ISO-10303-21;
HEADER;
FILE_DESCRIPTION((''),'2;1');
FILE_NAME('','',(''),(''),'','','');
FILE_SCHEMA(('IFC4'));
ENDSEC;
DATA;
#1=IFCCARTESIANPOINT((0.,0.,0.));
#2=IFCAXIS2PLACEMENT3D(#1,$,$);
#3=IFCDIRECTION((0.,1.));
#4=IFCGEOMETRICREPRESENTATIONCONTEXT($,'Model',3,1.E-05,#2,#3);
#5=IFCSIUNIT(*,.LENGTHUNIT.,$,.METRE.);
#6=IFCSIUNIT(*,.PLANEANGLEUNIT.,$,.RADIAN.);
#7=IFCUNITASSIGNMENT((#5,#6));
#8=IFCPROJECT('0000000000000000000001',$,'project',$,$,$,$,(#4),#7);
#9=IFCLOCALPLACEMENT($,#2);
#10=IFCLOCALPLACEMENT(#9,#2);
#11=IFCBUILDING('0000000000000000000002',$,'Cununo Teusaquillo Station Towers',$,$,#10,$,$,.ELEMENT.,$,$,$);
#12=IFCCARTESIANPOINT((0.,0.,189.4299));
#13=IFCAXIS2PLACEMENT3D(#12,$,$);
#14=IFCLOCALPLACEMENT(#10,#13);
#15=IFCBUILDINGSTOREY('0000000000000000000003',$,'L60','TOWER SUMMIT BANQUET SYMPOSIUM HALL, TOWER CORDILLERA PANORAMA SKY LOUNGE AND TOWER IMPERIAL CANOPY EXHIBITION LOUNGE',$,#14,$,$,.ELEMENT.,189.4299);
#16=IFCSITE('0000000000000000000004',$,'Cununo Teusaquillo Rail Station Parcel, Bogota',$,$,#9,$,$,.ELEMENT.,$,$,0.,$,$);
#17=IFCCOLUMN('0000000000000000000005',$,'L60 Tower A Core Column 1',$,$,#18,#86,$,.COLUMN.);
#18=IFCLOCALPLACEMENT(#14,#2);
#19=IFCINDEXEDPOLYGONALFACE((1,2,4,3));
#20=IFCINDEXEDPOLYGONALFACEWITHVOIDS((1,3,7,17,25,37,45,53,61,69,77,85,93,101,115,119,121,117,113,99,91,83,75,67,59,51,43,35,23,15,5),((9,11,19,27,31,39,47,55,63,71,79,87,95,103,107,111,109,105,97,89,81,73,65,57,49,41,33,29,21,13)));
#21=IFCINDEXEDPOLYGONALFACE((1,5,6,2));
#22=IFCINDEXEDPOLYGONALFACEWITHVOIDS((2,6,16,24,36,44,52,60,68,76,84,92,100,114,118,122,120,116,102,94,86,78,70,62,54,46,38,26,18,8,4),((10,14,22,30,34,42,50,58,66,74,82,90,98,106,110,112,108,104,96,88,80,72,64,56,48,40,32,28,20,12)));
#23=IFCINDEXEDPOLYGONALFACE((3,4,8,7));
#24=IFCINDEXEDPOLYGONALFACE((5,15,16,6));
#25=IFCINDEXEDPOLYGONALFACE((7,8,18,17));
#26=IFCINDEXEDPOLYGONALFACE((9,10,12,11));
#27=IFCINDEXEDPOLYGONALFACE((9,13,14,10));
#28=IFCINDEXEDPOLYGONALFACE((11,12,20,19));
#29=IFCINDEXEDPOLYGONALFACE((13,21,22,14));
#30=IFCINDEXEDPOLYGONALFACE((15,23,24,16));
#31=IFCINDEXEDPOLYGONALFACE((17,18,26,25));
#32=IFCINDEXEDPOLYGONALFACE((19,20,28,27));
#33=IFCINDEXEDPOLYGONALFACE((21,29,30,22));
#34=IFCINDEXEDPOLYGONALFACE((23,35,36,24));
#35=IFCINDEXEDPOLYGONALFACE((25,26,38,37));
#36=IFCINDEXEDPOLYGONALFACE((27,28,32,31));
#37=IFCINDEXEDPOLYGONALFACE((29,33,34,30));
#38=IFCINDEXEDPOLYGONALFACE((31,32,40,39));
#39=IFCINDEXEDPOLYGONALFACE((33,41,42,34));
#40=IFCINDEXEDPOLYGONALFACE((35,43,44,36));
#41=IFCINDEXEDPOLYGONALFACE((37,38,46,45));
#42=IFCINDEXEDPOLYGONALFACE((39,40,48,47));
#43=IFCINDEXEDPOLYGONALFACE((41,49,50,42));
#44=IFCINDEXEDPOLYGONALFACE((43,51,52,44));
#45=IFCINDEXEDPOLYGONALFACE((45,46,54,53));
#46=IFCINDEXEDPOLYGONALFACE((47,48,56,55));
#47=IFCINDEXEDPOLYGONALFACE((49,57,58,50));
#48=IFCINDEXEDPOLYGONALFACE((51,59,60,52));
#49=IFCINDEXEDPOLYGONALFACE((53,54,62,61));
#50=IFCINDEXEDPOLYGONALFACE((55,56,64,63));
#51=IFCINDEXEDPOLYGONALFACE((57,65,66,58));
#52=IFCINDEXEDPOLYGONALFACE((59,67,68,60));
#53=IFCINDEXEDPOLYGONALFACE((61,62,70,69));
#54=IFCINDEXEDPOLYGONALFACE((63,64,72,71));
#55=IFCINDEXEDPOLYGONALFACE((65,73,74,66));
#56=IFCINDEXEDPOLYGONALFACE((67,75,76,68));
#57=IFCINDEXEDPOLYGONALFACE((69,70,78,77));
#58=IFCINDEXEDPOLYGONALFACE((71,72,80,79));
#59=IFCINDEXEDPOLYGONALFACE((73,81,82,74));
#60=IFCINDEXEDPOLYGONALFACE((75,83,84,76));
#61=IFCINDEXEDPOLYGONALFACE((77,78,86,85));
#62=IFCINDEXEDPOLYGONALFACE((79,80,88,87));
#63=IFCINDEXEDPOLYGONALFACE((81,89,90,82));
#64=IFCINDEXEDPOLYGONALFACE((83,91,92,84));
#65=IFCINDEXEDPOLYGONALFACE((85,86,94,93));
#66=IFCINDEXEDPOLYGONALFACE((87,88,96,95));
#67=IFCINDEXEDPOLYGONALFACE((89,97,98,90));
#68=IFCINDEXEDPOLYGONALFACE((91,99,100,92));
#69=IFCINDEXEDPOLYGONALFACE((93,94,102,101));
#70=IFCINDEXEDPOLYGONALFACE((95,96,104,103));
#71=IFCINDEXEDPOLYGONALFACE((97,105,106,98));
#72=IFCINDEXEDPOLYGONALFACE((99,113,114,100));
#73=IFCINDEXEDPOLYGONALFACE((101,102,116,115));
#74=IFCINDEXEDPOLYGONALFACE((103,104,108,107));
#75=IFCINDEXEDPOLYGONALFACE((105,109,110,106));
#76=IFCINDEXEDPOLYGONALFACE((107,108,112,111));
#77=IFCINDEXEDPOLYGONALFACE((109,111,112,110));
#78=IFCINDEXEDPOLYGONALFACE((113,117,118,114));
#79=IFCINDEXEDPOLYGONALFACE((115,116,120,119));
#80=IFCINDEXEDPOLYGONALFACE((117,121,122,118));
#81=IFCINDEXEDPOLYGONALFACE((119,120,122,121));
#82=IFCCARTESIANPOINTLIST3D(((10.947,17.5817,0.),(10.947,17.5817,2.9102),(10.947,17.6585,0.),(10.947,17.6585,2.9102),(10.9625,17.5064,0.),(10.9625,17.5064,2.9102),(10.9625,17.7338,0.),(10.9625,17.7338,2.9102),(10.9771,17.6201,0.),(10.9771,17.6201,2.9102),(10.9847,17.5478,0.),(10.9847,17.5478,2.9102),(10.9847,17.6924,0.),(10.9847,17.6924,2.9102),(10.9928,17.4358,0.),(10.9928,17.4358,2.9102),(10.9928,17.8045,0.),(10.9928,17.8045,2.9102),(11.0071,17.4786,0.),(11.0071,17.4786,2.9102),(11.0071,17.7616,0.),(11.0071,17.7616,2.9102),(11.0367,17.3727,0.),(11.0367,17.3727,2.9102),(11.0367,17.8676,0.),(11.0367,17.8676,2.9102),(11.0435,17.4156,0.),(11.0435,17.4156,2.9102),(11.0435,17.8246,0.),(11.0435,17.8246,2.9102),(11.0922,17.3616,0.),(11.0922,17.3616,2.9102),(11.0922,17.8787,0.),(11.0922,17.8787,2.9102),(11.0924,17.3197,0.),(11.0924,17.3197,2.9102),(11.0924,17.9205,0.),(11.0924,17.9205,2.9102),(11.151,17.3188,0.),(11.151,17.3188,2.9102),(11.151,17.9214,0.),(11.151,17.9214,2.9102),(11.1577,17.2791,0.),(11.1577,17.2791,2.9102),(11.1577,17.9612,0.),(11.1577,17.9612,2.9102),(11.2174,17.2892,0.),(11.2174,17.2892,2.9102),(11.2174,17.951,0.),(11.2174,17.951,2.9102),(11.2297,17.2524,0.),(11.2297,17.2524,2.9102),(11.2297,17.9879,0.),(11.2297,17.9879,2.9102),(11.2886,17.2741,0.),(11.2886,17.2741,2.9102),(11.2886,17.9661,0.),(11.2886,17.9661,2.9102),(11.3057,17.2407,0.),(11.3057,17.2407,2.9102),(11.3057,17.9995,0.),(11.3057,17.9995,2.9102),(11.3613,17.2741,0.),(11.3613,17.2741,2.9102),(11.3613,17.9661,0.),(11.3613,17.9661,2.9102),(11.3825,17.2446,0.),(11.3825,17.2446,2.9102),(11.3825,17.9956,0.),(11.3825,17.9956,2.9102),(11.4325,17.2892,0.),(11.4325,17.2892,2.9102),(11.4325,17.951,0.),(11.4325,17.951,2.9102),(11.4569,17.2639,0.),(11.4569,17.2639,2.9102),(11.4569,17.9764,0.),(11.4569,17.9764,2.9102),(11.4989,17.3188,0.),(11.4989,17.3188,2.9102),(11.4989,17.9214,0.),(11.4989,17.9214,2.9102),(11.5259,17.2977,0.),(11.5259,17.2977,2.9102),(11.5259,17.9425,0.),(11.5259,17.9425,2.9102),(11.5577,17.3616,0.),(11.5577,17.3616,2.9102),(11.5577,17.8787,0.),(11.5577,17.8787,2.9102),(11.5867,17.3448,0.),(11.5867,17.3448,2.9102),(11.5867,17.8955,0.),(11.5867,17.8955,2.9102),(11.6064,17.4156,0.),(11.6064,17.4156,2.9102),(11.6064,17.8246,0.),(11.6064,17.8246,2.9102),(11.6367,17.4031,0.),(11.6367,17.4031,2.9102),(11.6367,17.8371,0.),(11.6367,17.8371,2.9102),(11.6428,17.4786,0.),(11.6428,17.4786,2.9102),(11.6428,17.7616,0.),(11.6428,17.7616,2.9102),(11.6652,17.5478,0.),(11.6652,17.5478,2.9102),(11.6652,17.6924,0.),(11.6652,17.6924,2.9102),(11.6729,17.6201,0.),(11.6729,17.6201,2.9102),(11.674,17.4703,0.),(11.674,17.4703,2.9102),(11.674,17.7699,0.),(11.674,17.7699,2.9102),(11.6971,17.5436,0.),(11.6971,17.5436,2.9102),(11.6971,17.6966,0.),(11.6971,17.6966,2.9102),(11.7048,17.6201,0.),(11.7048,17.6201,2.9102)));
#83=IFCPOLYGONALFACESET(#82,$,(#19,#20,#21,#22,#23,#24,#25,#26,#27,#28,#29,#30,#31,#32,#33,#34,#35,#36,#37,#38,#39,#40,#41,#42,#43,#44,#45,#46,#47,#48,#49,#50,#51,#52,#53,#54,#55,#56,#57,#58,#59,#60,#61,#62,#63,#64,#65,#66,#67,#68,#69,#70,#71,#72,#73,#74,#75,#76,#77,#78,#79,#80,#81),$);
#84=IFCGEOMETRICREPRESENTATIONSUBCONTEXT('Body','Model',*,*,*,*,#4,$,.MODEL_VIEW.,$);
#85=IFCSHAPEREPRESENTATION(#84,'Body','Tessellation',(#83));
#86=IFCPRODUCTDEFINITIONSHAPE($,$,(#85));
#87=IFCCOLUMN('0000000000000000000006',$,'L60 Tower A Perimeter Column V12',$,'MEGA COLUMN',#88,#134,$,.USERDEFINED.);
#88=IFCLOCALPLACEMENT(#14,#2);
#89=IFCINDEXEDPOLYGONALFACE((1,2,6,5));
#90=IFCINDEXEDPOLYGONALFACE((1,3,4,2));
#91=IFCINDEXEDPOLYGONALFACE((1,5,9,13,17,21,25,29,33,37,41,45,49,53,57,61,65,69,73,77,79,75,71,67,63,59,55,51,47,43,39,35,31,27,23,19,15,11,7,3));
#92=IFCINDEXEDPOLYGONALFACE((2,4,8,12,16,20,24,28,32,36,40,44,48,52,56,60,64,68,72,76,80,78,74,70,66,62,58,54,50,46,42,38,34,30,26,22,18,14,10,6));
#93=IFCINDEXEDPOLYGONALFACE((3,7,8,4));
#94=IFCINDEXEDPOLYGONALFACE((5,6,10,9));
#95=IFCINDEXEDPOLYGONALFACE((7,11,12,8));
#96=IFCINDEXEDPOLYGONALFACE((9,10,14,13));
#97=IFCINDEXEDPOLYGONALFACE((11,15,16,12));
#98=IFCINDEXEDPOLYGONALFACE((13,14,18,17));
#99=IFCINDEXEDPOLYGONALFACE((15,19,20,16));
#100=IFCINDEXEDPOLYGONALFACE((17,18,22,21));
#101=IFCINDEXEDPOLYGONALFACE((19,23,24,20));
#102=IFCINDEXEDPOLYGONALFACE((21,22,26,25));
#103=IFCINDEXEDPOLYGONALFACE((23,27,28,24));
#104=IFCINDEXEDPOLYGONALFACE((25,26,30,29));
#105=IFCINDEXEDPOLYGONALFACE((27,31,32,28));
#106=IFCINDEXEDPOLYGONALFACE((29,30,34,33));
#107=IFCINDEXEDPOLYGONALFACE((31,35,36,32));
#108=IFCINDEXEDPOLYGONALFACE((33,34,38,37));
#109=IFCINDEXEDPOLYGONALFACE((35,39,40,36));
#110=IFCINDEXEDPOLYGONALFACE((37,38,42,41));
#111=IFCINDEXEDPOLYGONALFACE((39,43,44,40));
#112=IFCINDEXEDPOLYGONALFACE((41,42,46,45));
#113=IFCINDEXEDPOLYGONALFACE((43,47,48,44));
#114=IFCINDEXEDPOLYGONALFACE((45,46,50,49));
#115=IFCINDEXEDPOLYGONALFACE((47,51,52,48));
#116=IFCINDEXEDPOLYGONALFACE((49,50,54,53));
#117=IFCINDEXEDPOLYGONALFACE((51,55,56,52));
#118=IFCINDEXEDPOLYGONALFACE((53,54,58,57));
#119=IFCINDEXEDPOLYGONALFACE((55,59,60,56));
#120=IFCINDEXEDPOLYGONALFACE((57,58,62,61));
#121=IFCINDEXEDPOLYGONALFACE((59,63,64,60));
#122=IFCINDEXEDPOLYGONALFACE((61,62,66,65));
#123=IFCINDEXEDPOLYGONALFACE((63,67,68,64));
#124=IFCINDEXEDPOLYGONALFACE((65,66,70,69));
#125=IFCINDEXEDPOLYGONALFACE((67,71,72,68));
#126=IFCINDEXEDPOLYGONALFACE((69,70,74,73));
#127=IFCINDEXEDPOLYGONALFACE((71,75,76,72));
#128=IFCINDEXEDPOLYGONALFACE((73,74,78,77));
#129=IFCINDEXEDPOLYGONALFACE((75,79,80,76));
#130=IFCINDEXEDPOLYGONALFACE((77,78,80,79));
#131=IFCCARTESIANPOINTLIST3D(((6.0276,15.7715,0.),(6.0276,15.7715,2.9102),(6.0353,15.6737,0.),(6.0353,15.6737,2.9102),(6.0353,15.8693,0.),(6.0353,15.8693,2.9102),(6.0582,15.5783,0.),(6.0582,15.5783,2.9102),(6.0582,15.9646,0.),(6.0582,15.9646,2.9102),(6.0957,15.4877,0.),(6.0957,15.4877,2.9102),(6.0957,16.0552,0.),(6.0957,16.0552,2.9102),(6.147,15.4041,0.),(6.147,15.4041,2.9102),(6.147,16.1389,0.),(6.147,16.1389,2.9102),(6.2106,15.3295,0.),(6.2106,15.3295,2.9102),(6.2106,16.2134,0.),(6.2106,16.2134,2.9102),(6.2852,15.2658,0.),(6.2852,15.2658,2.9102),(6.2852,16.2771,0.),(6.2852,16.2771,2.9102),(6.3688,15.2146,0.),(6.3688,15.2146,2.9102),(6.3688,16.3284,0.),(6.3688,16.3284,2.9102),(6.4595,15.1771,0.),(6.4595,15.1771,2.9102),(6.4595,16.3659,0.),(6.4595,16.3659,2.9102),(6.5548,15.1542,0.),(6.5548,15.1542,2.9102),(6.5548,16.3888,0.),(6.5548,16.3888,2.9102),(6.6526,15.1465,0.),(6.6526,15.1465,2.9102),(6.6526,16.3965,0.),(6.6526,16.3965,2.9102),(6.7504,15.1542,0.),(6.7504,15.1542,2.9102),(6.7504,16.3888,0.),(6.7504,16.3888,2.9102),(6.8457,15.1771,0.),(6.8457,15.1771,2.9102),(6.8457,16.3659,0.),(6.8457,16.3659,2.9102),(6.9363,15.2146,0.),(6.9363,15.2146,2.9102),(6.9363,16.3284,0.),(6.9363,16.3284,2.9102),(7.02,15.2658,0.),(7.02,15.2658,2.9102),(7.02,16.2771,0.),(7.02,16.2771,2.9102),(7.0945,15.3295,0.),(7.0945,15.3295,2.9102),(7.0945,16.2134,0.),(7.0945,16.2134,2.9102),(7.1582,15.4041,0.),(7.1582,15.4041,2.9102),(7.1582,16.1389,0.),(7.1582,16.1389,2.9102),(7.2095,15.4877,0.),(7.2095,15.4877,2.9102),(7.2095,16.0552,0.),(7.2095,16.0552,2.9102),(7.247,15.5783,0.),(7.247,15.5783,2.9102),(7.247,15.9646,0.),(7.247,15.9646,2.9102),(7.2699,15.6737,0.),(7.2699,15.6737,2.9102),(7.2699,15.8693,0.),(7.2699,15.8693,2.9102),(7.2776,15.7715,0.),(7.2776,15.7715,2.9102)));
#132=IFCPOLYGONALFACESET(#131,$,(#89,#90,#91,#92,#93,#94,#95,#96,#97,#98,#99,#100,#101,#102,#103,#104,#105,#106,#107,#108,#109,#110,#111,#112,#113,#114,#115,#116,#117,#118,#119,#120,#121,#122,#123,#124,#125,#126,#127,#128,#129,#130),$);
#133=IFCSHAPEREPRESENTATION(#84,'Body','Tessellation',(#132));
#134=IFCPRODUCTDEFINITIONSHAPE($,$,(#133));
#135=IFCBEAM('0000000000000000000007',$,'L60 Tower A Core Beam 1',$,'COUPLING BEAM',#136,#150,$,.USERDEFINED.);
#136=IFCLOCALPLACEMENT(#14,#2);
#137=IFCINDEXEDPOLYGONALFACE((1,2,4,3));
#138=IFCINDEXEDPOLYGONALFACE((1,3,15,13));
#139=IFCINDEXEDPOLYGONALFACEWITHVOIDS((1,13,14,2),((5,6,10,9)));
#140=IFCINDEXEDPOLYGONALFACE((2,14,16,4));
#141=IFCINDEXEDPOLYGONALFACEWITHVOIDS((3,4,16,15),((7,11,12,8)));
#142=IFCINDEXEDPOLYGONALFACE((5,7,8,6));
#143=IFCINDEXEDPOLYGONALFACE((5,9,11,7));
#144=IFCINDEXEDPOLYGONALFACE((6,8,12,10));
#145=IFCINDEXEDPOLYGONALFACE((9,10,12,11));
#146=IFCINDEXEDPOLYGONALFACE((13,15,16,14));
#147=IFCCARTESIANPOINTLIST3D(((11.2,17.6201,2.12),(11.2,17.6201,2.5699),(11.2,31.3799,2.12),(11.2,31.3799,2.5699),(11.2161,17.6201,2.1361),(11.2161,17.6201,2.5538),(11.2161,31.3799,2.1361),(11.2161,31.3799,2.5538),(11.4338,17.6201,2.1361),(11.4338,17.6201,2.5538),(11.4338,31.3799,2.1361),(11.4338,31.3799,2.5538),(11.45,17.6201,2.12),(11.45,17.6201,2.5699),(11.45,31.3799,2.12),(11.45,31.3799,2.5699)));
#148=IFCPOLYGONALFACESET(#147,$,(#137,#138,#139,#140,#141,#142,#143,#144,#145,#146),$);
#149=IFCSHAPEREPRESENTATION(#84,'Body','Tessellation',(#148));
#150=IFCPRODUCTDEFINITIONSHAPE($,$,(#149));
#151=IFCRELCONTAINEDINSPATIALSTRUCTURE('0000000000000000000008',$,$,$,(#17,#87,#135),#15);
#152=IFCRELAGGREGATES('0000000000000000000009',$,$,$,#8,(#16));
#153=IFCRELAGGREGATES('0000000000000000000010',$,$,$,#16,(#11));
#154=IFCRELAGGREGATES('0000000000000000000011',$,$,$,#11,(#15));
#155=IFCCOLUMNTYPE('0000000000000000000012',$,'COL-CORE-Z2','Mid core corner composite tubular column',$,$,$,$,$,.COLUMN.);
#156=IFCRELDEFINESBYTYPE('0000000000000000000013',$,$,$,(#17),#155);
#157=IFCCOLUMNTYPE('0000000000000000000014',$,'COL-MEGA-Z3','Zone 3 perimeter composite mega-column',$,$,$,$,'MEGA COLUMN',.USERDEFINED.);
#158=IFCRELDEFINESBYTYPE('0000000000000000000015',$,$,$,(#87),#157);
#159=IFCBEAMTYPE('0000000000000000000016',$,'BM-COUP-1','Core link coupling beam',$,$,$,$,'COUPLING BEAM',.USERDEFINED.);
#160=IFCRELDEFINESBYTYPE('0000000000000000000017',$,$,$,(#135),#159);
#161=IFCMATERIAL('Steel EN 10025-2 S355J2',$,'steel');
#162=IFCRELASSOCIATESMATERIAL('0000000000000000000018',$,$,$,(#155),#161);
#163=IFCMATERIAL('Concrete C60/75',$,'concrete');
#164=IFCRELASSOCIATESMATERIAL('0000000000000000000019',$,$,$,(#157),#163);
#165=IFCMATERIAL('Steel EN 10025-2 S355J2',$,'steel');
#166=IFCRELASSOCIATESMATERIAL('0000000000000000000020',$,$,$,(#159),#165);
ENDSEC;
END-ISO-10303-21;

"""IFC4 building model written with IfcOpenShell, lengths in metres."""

from ifc_helpers import new_model, si_unit, direction, frame, origin, origin_2d, place, context, subcontext, project, spatial, hollow_rectangle, circle, hollow_circle, extrude, material, material_profile, profile_set, type_object, element, save


model = new_model("IFC4")

# Units and contexts
model_context = context("Model", 3, precision=1e-05, world=origin(), true_north=direction((0.0, 1.0)))
body_context = subcontext(model_context, "Body", "Model", "MODEL_VIEW")
ifc_project = project(units=[si_unit("LENGTHUNIT", "METRE"), si_unit("PLANEANGLEUNIT", "RADIAN")], contexts=[model_context])

# Site, building, storey
site_placement = place(None, origin())
site = spatial("IfcSite", under=ifc_project, at=site_placement, Name="Cununo Teusaquillo Rail Station Parcel, Bogota", CompositionType="ELEMENT", RefElevation=0.0)
building_placement = place(site_placement, origin())
building = spatial("IfcBuilding", under=site, at=building_placement, Name="Cununo Teusaquillo Station Towers", CompositionType="ELEMENT")
storey_placement = place(building_placement, frame((0.0, 0.0, 189.4299)))
storey = spatial("IfcBuildingStorey", under=building, at=storey_placement, Name="L60", Description="TOWER SUMMIT BANQUET SYMPOSIUM HALL, TOWER CORDILLERA PANORAMA SKY LOUNGE AND TOWER IMPERIAL CANOPY EXHIBITION LOUNGE", CompositionType="ELEMENT", Elevation=189.4299)

# Columns
ifc_material_1 = material(Name="Steel EN 10025-2 S355J2", Category="steel")
ifc_material_profile_1 = material_profile(ifc_material_1, hollow_circle(Radius=0.3799, WallThickness=0.032, at=origin_2d()), Name="CHS 760x32")
ifc_profile_set_1 = profile_set([ifc_material_profile_1], Name="Steel EN 10025-2 S355J2")
column_type_1 = type_object("IfcColumnType", Name="COL-CORE-Z2", Description="Mid core corner composite tubular column", PredefinedType="COLUMN", material=ifc_profile_set_1)
column_1_placement = place(storey_placement, frame((11.325, 17.6201, 0.0), z_axis=(0.0, 0.0, 1.0), x_axis=(1.0, 0.0, 0.0)))
element("IfcColumn", 1, at=column_1_placement, inside=storey, type_object=column_type_1, Name="L60 Tower A Core Column 1", PredefinedType="COLUMN", context=body_context, shape_type="SweptSolid", body=[
    extrude(hollow_circle(Radius=0.3799, WallThickness=0.032, at=origin_2d()), origin(), (0.0, 0.0, 1.0), 2.9102),
])
ifc_material_2 = material(Name="Concrete C60/75", Category="concrete")
ifc_material_profile_2 = material_profile(ifc_material_2, circle(Radius=0.625, at=origin_2d()), Name="RC-CIRC-1250")
ifc_profile_set_2 = profile_set([ifc_material_profile_2], Name="Concrete C60/75")
column_type_2 = type_object("IfcColumnType", Name="COL-MEGA-Z3", Description="Zone 3 perimeter composite mega-column", ElementType="MEGA COLUMN", PredefinedType="USERDEFINED", material=ifc_profile_set_2)
column_2_placement = place(storey_placement, frame((6.6526, 15.7715, 0.0), z_axis=(0.0, 0.0, 1.0), x_axis=(1.0, 0.0, 0.0)))
element("IfcColumn", 2, at=column_2_placement, inside=storey, type_object=column_type_2, Name="L60 Tower A Perimeter Column V12", ObjectType="MEGA COLUMN", PredefinedType="USERDEFINED", context=body_context, shape_type="SweptSolid", body=[
    extrude(circle(Radius=0.625, at=origin_2d()), origin(), (0.0, 0.0, 1.0), 2.9102),
])

# Beam
ifc_material_3 = material(Name="Steel EN 10025-2 S355J2", Category="steel")
ifc_material_profile_3 = material_profile(ifc_material_3, hollow_rectangle(XDim=0.25, YDim=0.45, WallThickness=0.0161, at=origin_2d()), Name="RHS 450x250x16")
ifc_profile_set_3 = profile_set([ifc_material_profile_3], Name="Steel EN 10025-2 S355J2")
beam_type_1 = type_object("IfcBeamType", Name="BM-COUP-1", Description="Core link coupling beam", ElementType="COUPLING BEAM", PredefinedType="USERDEFINED", material=ifc_profile_set_3)
beam_1_placement = place(storey_placement, frame((11.325, 17.6201, 2.345), z_axis=(0.0, 1.0, 0.0), x_axis=(-1.0, 0.0, 0.0)))
element("IfcBeam", 3, at=beam_1_placement, inside=storey, type_object=beam_type_1, Name="L60 Tower A Core Beam 1", ObjectType="COUPLING BEAM", PredefinedType="USERDEFINED", context=body_context, shape_type="SweptSolid", body=[
    extrude(hollow_rectangle(XDim=0.25, YDim=0.45, WallThickness=0.0161, at=origin_2d()), origin(), (0.0, 0.0, 1.0), 13.7598),
])

save(model, "model.ifc")
